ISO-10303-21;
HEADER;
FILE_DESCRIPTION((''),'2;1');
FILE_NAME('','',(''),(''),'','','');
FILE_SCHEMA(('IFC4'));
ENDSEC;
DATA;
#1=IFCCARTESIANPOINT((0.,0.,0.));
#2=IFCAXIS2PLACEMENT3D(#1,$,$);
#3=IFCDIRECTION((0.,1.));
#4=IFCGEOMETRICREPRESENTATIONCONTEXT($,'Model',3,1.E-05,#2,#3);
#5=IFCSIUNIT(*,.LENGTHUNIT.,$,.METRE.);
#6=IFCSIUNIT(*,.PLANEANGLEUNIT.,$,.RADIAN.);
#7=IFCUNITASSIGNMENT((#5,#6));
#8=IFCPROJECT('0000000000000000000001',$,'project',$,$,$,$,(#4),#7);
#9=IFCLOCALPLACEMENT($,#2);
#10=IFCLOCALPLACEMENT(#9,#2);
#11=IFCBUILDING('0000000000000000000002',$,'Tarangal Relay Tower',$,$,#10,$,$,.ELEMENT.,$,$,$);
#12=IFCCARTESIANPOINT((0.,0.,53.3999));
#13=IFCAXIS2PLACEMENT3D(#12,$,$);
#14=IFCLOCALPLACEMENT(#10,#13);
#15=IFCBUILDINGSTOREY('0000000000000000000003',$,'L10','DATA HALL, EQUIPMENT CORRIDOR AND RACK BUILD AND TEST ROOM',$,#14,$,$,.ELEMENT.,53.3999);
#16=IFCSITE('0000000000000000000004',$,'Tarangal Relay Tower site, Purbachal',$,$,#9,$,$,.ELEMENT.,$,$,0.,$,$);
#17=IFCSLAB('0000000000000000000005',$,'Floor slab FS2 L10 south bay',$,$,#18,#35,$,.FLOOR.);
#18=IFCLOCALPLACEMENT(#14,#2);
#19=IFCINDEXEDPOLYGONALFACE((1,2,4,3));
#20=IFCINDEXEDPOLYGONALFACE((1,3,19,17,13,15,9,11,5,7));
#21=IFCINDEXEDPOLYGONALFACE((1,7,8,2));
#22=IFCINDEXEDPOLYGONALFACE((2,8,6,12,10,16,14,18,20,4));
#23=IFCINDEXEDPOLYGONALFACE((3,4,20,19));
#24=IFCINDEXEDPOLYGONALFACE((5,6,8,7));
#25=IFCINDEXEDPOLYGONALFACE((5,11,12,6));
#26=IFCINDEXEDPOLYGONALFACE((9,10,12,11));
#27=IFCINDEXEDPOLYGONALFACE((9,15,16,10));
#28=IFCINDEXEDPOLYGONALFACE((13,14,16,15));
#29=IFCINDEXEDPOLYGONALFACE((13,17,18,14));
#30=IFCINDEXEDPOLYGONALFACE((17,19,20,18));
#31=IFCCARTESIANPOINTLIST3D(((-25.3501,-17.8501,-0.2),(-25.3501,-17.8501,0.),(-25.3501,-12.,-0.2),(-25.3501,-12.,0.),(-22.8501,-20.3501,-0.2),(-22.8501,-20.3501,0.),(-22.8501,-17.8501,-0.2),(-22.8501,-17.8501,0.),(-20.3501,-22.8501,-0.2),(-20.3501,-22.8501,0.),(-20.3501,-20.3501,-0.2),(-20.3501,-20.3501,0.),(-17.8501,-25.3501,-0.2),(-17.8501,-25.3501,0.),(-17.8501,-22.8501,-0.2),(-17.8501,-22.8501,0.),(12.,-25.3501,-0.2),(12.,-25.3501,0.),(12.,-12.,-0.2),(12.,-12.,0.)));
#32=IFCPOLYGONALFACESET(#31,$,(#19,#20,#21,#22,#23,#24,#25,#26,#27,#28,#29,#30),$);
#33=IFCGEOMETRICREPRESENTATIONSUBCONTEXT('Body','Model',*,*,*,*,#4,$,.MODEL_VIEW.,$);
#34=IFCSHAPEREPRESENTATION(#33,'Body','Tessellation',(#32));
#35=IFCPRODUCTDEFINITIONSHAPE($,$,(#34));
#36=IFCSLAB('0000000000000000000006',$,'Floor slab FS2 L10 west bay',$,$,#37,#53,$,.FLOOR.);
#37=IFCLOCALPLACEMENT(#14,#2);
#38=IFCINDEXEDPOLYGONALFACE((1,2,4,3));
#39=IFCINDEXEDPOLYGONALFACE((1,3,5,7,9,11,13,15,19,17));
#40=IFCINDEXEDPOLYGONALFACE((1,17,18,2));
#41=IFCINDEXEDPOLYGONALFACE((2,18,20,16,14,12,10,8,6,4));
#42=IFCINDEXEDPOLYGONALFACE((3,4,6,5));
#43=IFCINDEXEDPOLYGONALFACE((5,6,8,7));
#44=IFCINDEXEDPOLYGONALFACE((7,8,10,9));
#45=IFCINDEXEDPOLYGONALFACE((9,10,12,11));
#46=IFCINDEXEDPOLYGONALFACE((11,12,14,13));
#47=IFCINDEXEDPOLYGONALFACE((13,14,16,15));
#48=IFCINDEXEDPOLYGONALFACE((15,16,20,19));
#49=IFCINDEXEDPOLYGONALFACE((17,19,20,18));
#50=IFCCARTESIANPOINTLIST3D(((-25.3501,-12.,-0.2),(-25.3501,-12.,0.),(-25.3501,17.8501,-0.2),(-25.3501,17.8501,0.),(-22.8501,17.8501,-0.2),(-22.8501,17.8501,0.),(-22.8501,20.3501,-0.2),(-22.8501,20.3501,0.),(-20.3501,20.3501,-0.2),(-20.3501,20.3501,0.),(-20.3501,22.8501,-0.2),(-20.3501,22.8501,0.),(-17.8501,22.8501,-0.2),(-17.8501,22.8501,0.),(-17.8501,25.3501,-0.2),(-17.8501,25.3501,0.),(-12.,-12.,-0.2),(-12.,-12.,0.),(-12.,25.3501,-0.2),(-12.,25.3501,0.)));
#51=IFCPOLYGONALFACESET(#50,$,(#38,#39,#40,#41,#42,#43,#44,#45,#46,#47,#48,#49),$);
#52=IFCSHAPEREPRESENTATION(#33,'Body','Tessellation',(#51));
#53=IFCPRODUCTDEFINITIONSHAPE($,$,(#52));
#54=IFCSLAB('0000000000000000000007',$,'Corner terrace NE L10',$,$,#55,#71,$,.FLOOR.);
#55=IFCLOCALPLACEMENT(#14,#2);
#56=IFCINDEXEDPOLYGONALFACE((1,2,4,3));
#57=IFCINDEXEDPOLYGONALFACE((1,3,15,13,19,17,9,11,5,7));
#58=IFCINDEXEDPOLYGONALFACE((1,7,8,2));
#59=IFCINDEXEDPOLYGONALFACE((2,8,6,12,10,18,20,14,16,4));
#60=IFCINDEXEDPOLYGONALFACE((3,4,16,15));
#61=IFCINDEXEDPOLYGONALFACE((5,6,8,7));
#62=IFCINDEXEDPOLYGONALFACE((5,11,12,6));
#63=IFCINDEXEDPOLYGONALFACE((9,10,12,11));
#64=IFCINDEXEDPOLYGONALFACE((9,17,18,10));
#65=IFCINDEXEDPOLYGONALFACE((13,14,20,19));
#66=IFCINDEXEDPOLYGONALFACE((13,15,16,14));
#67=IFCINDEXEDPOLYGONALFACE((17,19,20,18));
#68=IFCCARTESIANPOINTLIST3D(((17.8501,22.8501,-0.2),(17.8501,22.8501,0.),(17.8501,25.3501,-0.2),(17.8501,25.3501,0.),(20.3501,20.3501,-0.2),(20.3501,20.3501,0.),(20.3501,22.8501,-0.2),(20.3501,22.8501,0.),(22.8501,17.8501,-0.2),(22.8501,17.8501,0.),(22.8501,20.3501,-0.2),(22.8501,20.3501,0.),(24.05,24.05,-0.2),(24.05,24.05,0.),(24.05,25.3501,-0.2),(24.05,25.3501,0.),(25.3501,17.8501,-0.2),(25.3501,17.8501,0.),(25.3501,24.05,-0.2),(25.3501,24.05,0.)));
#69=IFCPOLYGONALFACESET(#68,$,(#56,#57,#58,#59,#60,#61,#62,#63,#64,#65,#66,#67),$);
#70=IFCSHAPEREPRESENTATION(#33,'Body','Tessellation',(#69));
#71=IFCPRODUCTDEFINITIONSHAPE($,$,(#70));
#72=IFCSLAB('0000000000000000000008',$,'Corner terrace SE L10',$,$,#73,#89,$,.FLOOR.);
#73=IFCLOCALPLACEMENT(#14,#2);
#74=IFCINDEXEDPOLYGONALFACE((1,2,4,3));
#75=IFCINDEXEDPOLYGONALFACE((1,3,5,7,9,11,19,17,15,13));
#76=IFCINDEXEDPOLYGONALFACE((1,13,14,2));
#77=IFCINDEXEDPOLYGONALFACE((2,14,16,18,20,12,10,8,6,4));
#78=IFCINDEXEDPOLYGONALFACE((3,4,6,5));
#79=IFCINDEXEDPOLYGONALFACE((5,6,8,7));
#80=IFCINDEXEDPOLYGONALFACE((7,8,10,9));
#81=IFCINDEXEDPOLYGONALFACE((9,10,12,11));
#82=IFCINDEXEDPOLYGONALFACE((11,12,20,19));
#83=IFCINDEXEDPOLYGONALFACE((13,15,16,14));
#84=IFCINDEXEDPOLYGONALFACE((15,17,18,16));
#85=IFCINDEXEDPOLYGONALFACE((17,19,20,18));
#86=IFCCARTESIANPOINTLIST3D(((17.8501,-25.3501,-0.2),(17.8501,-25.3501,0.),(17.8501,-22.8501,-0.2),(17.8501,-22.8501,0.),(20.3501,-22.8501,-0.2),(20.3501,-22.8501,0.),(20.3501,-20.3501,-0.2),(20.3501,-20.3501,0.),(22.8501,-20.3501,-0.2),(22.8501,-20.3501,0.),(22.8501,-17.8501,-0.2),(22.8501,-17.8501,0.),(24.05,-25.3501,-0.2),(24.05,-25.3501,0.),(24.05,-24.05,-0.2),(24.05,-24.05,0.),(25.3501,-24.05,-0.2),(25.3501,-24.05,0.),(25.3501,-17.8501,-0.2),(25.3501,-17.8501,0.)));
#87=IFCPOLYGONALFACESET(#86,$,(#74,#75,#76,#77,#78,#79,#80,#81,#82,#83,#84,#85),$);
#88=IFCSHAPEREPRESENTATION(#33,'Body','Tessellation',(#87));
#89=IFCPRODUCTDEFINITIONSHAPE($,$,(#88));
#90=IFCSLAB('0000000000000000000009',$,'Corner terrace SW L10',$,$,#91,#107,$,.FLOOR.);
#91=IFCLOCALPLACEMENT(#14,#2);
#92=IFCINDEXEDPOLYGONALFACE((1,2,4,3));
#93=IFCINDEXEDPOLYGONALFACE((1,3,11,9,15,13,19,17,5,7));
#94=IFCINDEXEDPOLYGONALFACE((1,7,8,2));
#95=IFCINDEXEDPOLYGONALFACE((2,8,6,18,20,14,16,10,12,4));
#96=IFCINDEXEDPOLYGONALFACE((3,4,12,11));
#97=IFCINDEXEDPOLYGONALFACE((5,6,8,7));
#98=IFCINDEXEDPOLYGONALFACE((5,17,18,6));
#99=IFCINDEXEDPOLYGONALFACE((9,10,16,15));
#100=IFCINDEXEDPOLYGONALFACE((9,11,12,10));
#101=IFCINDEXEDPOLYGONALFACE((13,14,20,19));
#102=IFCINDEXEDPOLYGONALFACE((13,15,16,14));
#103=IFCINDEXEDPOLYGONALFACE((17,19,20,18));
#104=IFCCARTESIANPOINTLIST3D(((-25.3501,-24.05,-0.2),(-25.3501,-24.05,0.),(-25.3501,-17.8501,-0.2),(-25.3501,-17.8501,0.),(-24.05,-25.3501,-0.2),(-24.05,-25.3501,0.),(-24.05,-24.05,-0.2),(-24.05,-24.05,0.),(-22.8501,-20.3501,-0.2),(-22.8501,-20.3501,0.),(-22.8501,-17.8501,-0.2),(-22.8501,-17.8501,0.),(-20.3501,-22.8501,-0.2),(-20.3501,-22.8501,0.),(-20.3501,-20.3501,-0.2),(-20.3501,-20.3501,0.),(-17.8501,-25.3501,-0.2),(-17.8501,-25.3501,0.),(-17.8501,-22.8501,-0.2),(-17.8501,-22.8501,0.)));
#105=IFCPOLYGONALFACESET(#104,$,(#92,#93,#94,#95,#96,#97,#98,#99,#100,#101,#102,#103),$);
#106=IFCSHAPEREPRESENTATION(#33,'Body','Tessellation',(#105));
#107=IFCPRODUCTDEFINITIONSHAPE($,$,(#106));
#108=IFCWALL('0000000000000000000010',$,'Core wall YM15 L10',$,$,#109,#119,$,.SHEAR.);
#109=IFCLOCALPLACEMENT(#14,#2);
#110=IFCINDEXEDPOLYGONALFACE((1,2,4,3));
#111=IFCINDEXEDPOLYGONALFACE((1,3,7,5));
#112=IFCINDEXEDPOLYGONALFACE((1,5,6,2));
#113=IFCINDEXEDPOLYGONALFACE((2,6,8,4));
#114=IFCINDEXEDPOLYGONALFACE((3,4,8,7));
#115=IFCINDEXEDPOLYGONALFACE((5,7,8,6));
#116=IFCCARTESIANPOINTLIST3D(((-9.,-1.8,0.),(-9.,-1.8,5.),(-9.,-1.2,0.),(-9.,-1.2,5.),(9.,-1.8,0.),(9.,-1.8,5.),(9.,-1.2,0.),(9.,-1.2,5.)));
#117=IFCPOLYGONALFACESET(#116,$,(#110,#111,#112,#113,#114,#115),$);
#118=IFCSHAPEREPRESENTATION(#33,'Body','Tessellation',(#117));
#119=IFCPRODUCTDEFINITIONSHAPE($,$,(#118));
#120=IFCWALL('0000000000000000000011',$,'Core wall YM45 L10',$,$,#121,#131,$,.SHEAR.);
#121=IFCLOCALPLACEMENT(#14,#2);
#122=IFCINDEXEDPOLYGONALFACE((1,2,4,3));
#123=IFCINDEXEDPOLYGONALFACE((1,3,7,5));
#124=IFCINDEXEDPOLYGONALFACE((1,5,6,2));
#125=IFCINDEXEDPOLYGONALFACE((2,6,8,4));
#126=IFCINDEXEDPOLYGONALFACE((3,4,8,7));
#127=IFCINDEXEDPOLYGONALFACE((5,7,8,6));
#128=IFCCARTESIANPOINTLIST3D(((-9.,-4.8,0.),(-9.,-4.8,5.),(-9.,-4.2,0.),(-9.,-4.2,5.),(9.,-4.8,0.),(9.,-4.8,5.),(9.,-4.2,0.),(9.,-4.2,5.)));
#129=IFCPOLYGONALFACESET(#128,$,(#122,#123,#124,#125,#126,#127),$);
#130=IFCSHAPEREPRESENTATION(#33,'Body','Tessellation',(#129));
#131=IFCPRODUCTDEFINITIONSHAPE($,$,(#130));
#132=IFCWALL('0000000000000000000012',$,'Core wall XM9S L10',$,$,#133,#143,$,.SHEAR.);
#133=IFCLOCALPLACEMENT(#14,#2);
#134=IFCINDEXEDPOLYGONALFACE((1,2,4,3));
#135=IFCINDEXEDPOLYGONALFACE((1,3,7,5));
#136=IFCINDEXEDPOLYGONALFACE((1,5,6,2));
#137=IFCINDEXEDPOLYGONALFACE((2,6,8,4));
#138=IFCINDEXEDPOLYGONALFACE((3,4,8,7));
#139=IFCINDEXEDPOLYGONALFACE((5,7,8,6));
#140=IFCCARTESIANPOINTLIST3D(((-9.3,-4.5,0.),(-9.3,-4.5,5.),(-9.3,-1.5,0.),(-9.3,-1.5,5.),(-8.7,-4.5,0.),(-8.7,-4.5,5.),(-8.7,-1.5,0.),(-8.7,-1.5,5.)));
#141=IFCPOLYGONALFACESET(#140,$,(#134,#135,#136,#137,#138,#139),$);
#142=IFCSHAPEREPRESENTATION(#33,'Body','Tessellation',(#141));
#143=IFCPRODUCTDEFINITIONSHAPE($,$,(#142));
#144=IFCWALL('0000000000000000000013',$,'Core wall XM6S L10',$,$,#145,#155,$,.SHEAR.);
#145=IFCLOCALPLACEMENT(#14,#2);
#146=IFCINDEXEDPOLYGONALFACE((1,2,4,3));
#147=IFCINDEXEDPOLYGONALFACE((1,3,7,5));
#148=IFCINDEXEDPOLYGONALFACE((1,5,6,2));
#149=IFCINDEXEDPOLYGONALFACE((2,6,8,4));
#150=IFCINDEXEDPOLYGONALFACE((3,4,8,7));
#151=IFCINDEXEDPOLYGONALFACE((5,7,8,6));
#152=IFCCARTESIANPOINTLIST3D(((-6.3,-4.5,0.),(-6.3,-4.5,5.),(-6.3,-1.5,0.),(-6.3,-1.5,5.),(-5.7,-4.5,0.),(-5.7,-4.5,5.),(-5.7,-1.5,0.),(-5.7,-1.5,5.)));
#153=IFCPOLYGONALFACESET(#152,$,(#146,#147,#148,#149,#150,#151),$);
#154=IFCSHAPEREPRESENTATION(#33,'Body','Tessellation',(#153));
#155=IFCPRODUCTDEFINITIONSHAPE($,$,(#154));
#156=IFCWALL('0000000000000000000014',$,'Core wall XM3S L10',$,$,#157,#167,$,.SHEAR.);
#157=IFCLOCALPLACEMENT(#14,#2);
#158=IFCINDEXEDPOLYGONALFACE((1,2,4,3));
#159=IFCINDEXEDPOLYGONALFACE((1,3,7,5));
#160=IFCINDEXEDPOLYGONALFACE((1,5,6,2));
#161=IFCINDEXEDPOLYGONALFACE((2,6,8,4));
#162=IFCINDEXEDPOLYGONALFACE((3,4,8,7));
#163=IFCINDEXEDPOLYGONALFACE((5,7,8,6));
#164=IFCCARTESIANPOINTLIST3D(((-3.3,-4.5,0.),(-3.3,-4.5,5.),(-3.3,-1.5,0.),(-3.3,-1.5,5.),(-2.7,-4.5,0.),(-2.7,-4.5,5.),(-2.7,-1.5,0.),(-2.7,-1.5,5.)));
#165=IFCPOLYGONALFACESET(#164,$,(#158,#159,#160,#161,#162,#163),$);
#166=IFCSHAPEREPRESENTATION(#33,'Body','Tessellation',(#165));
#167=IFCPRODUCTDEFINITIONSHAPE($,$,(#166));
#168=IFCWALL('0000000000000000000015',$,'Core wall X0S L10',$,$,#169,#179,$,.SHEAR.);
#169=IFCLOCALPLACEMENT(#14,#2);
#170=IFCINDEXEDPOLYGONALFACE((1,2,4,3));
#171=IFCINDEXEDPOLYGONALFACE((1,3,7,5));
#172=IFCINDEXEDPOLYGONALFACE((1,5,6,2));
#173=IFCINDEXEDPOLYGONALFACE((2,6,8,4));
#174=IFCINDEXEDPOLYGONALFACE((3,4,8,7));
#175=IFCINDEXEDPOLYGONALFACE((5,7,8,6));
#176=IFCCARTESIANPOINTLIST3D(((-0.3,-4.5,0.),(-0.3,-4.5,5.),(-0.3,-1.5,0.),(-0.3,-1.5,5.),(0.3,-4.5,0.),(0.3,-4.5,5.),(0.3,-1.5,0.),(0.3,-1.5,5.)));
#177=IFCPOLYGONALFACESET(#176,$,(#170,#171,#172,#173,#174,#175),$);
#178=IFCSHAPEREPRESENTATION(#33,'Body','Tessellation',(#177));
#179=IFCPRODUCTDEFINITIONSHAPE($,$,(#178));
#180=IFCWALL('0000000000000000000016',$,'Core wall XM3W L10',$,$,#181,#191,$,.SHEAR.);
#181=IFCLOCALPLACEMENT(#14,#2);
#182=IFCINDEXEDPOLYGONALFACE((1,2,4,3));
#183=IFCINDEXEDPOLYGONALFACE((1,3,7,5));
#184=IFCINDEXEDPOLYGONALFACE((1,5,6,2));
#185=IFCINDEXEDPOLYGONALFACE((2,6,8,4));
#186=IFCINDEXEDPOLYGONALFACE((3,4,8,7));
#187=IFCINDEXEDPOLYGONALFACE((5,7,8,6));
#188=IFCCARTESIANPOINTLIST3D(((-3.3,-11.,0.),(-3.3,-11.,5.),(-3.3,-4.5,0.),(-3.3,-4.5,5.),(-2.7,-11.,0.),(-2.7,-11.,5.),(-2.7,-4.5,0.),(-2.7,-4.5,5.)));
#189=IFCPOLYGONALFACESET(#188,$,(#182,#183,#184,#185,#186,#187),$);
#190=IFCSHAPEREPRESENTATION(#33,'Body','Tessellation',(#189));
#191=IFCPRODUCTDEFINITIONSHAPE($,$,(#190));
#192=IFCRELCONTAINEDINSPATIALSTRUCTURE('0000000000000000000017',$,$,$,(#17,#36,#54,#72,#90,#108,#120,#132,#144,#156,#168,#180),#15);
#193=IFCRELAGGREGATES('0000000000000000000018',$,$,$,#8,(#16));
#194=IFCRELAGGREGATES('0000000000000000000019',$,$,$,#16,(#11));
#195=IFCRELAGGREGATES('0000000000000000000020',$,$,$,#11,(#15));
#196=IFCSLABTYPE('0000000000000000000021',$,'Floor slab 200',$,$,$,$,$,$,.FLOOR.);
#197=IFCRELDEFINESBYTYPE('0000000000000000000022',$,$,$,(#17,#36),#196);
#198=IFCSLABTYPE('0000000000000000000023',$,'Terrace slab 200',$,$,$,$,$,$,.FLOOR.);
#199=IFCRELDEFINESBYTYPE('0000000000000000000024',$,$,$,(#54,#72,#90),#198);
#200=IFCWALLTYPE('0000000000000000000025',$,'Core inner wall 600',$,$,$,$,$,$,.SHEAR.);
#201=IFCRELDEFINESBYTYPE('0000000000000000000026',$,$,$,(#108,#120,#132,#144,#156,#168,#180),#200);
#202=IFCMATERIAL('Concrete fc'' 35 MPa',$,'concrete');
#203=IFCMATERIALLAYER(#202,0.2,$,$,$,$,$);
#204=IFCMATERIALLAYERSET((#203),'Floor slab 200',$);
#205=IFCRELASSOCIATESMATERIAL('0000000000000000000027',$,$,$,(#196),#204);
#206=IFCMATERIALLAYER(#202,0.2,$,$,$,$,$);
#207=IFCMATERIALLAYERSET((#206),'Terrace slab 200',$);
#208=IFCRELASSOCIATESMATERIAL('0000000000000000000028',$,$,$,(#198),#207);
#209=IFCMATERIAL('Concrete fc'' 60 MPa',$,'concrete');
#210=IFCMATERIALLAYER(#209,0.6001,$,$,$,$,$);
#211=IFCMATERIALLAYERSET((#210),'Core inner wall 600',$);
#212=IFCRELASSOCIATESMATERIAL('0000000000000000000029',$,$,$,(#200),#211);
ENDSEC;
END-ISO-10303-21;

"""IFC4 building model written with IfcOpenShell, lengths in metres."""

from ifc_helpers import new_model, si_unit, direction, frame, frame_2d, origin, place, context, subcontext, project, spatial, polyline, rectangle, outline, extrude, material, layer, layer_set, type_object, element, save


model = new_model("IFC4")

# Units and contexts
model_context = context("Model", 3, precision=1e-05, world=origin(), true_north=direction((0.0, 1.0)))
body_context = subcontext(model_context, "Body", "Model", "MODEL_VIEW")
ifc_project = project(units=[si_unit("LENGTHUNIT", "METRE"), si_unit("PLANEANGLEUNIT", "RADIAN")], contexts=[model_context])

# Site, building, storey
site_placement = place(None, origin())
site = spatial("IfcSite", under=ifc_project, at=site_placement, Name="Tarangal Relay Tower site, Purbachal", CompositionType="ELEMENT", RefElevation=0.0)
building_placement = place(site_placement, origin())
building = spatial("IfcBuilding", under=site, at=building_placement, Name="Tarangal Relay Tower", CompositionType="ELEMENT")
storey_placement = place(building_placement, frame((0.0, 0.0, 53.3999)))
storey = spatial("IfcBuildingStorey", under=building, at=storey_placement, Name="L10", Description="DATA HALL, EQUIPMENT CORRIDOR AND RACK BUILD AND TEST ROOM", CompositionType="ELEMENT", Elevation=53.3999)

# Slabs
ifc_material_1 = material(Name="Concrete fc' 35 MPa", Category="concrete")
ifc_layer_1 = layer(ifc_material_1, 0.2)
ifc_layer_set_1 = layer_set([ifc_layer_1], Name="Floor slab 200")
slab_type_1 = type_object("IfcSlabType", Name="Floor slab 200", PredefinedType="FLOOR", material=ifc_layer_set_1)
slab_1_placement = place(storey_placement, frame((0.0, 0.0, -0.2)))
element("IfcSlab", 1, at=slab_1_placement, inside=storey, type_object=slab_type_1, Name="Floor slab FS2 L10 south bay", PredefinedType="FLOOR", context=body_context, shape_type="SweptSolid", body=[
    extrude(outline(polyline([(-17.8501, -25.3501), (-17.8501, -22.8501), (-20.3501, -22.8501), (-20.3501, -20.3501), (-22.8501, -20.3501), (-22.8501, -17.8501), (-25.3501, -17.8501), (-25.3501, -12.0), (12.0, -12.0), (12.0, -25.3501), (-17.8501, -25.3501)])), origin(), (0.0, 0.0, 1.0), 0.2),
])
slab_2_placement = place(storey_placement, frame((0.0, 0.0, -0.2)))
element("IfcSlab", 2, at=slab_2_placement, inside=storey, type_object=slab_type_1, Name="Floor slab FS2 L10 west bay", PredefinedType="FLOOR", context=body_context, shape_type="SweptSolid", body=[
    extrude(outline(polyline([(-12.0, 25.3501), (-12.0, -12.0), (-25.3501, -12.0), (-25.3501, 17.8501), (-22.8501, 17.8501), (-22.8501, 20.3501), (-20.3501, 20.3501), (-20.3501, 22.8501), (-17.8501, 22.8501), (-17.8501, 25.3501), (-12.0, 25.3501)])), origin(), (0.0, 0.0, 1.0), 0.2),
])
ifc_layer_2 = layer(ifc_material_1, 0.2)
ifc_layer_set_2 = layer_set([ifc_layer_2], Name="Terrace slab 200")
slab_type_2 = type_object("IfcSlabType", Name="Terrace slab 200", PredefinedType="FLOOR", material=ifc_layer_set_2)
slab_3_placement = place(storey_placement, frame((0.0, 0.0, -0.2)))
element("IfcSlab", 3, at=slab_3_placement, inside=storey, type_object=slab_type_2, Name="Corner terrace NE L10", PredefinedType="FLOOR", context=body_context, shape_type="SweptSolid", body=[
    extrude(outline(polyline([(17.8501, 25.3501), (17.8501, 22.8501), (20.3501, 22.8501), (20.3501, 20.3501), (22.8501, 20.3501), (22.8501, 17.8501), (25.3501, 17.8501), (25.3501, 24.05), (24.05, 24.05), (24.05, 25.3501), (17.8501, 25.3501)])), origin(), (0.0, 0.0, 1.0), 0.2),
])
slab_4_placement = place(storey_placement, frame((0.0, 0.0, -0.2)))
element("IfcSlab", 4, at=slab_4_placement, inside=storey, type_object=slab_type_2, Name="Corner terrace SE L10", PredefinedType="FLOOR", context=body_context, shape_type="SweptSolid", body=[
    extrude(outline(polyline([(25.3501, -17.8501), (22.8501, -17.8501), (22.8501, -20.3501), (20.3501, -20.3501), (20.3501, -22.8501), (17.8501, -22.8501), (17.8501, -25.3501), (24.05, -25.3501), (24.05, -24.05), (25.3501, -24.05), (25.3501, -17.8501)])), origin(), (0.0, 0.0, 1.0), 0.2),
])
slab_5_placement = place(storey_placement, frame((0.0, 0.0, -0.2)))
element("IfcSlab", 5, at=slab_5_placement, inside=storey, type_object=slab_type_2, Name="Corner terrace SW L10", PredefinedType="FLOOR", context=body_context, shape_type="SweptSolid", body=[
    extrude(outline(polyline([(-17.8501, -25.3501), (-17.8501, -22.8501), (-20.3501, -22.8501), (-20.3501, -20.3501), (-22.8501, -20.3501), (-22.8501, -17.8501), (-25.3501, -17.8501), (-25.3501, -24.05), (-24.05, -24.05), (-24.05, -25.3501), (-17.8501, -25.3501)])), origin(), (0.0, 0.0, 1.0), 0.2),
])

# Walls
ifc_material_2 = material(Name="Concrete fc' 60 MPa", Category="concrete")
ifc_layer_3 = layer(ifc_material_2, 0.6001)
ifc_layer_set_3 = layer_set([ifc_layer_3], Name="Core inner wall 600")
wall_type_1 = type_object("IfcWallType", Name="Core inner wall 600", PredefinedType="SHEAR", material=ifc_layer_set_3)
for number, where, z_axis, x_axis, name in (
    (6, (-9.0, -1.5, 0.0), (0.0, 0.0, 1.0), (1.0, 0.0, 0.0), "Core wall YM15 L10"),
    (7, (-9.0, -4.5, 0.0), (0.0, 0.0, 1.0), (1.0, 0.0, 0.0), "Core wall YM45 L10"),
):
    element("IfcWall", number, at=place(storey_placement, frame(where, z_axis=z_axis, x_axis=x_axis)), inside=storey, type_object=wall_type_1, Name=name, PredefinedType="SHEAR", context=body_context, shape_type="SweptSolid", body=[
        extrude(rectangle(XDim=18.0, YDim=0.6001, at=frame_2d((9.0, 0.0))), origin(), (0.0, 0.0, 1.0), 5.0),
    ])
for number, where, z_axis, x_axis, name in (
    (8, (-9.0, -4.5, 0.0), (0.0, 0.0, 1.0), (0.0, 1.0, 0.0), "Core wall XM9S L10"),
    (9, (-6.0, -4.5, 0.0), (0.0, 0.0, 1.0), (0.0, 1.0, 0.0), "Core wall XM6S L10"),
    (10, (-3.0, -4.5, 0.0), (0.0, 0.0, 1.0), (0.0, 1.0, 0.0), "Core wall XM3S L10"),
    (11, (0.0, -4.5, 0.0), (0.0, 0.0, 1.0), (0.0, 1.0, 0.0), "Core wall X0S L10"),
):
    element("IfcWall", number, at=place(storey_placement, frame(where, z_axis=z_axis, x_axis=x_axis)), inside=storey, type_object=wall_type_1, Name=name, PredefinedType="SHEAR", context=body_context, shape_type="SweptSolid", body=[
        extrude(rectangle(XDim=3.0, YDim=0.6001, at=frame_2d((1.5, 0.0))), origin(), (0.0, 0.0, 1.0), 5.0),
    ])
wall_1_placement = place(storey_placement, frame((-3.0, -11.0, 0.0), z_axis=(0.0, 0.0, 1.0), x_axis=(0.0, 1.0, 0.0)))
element("IfcWall", 12, at=wall_1_placement, inside=storey, type_object=wall_type_1, Name="Core wall XM3W L10", PredefinedType="SHEAR", context=body_context, shape_type="SweptSolid", body=[
    extrude(rectangle(XDim=6.5, YDim=0.6001, at=frame_2d((3.25, 0.0))), origin(), (0.0, 0.0, 1.0), 5.0),
])

save(model, "model.ifc")
